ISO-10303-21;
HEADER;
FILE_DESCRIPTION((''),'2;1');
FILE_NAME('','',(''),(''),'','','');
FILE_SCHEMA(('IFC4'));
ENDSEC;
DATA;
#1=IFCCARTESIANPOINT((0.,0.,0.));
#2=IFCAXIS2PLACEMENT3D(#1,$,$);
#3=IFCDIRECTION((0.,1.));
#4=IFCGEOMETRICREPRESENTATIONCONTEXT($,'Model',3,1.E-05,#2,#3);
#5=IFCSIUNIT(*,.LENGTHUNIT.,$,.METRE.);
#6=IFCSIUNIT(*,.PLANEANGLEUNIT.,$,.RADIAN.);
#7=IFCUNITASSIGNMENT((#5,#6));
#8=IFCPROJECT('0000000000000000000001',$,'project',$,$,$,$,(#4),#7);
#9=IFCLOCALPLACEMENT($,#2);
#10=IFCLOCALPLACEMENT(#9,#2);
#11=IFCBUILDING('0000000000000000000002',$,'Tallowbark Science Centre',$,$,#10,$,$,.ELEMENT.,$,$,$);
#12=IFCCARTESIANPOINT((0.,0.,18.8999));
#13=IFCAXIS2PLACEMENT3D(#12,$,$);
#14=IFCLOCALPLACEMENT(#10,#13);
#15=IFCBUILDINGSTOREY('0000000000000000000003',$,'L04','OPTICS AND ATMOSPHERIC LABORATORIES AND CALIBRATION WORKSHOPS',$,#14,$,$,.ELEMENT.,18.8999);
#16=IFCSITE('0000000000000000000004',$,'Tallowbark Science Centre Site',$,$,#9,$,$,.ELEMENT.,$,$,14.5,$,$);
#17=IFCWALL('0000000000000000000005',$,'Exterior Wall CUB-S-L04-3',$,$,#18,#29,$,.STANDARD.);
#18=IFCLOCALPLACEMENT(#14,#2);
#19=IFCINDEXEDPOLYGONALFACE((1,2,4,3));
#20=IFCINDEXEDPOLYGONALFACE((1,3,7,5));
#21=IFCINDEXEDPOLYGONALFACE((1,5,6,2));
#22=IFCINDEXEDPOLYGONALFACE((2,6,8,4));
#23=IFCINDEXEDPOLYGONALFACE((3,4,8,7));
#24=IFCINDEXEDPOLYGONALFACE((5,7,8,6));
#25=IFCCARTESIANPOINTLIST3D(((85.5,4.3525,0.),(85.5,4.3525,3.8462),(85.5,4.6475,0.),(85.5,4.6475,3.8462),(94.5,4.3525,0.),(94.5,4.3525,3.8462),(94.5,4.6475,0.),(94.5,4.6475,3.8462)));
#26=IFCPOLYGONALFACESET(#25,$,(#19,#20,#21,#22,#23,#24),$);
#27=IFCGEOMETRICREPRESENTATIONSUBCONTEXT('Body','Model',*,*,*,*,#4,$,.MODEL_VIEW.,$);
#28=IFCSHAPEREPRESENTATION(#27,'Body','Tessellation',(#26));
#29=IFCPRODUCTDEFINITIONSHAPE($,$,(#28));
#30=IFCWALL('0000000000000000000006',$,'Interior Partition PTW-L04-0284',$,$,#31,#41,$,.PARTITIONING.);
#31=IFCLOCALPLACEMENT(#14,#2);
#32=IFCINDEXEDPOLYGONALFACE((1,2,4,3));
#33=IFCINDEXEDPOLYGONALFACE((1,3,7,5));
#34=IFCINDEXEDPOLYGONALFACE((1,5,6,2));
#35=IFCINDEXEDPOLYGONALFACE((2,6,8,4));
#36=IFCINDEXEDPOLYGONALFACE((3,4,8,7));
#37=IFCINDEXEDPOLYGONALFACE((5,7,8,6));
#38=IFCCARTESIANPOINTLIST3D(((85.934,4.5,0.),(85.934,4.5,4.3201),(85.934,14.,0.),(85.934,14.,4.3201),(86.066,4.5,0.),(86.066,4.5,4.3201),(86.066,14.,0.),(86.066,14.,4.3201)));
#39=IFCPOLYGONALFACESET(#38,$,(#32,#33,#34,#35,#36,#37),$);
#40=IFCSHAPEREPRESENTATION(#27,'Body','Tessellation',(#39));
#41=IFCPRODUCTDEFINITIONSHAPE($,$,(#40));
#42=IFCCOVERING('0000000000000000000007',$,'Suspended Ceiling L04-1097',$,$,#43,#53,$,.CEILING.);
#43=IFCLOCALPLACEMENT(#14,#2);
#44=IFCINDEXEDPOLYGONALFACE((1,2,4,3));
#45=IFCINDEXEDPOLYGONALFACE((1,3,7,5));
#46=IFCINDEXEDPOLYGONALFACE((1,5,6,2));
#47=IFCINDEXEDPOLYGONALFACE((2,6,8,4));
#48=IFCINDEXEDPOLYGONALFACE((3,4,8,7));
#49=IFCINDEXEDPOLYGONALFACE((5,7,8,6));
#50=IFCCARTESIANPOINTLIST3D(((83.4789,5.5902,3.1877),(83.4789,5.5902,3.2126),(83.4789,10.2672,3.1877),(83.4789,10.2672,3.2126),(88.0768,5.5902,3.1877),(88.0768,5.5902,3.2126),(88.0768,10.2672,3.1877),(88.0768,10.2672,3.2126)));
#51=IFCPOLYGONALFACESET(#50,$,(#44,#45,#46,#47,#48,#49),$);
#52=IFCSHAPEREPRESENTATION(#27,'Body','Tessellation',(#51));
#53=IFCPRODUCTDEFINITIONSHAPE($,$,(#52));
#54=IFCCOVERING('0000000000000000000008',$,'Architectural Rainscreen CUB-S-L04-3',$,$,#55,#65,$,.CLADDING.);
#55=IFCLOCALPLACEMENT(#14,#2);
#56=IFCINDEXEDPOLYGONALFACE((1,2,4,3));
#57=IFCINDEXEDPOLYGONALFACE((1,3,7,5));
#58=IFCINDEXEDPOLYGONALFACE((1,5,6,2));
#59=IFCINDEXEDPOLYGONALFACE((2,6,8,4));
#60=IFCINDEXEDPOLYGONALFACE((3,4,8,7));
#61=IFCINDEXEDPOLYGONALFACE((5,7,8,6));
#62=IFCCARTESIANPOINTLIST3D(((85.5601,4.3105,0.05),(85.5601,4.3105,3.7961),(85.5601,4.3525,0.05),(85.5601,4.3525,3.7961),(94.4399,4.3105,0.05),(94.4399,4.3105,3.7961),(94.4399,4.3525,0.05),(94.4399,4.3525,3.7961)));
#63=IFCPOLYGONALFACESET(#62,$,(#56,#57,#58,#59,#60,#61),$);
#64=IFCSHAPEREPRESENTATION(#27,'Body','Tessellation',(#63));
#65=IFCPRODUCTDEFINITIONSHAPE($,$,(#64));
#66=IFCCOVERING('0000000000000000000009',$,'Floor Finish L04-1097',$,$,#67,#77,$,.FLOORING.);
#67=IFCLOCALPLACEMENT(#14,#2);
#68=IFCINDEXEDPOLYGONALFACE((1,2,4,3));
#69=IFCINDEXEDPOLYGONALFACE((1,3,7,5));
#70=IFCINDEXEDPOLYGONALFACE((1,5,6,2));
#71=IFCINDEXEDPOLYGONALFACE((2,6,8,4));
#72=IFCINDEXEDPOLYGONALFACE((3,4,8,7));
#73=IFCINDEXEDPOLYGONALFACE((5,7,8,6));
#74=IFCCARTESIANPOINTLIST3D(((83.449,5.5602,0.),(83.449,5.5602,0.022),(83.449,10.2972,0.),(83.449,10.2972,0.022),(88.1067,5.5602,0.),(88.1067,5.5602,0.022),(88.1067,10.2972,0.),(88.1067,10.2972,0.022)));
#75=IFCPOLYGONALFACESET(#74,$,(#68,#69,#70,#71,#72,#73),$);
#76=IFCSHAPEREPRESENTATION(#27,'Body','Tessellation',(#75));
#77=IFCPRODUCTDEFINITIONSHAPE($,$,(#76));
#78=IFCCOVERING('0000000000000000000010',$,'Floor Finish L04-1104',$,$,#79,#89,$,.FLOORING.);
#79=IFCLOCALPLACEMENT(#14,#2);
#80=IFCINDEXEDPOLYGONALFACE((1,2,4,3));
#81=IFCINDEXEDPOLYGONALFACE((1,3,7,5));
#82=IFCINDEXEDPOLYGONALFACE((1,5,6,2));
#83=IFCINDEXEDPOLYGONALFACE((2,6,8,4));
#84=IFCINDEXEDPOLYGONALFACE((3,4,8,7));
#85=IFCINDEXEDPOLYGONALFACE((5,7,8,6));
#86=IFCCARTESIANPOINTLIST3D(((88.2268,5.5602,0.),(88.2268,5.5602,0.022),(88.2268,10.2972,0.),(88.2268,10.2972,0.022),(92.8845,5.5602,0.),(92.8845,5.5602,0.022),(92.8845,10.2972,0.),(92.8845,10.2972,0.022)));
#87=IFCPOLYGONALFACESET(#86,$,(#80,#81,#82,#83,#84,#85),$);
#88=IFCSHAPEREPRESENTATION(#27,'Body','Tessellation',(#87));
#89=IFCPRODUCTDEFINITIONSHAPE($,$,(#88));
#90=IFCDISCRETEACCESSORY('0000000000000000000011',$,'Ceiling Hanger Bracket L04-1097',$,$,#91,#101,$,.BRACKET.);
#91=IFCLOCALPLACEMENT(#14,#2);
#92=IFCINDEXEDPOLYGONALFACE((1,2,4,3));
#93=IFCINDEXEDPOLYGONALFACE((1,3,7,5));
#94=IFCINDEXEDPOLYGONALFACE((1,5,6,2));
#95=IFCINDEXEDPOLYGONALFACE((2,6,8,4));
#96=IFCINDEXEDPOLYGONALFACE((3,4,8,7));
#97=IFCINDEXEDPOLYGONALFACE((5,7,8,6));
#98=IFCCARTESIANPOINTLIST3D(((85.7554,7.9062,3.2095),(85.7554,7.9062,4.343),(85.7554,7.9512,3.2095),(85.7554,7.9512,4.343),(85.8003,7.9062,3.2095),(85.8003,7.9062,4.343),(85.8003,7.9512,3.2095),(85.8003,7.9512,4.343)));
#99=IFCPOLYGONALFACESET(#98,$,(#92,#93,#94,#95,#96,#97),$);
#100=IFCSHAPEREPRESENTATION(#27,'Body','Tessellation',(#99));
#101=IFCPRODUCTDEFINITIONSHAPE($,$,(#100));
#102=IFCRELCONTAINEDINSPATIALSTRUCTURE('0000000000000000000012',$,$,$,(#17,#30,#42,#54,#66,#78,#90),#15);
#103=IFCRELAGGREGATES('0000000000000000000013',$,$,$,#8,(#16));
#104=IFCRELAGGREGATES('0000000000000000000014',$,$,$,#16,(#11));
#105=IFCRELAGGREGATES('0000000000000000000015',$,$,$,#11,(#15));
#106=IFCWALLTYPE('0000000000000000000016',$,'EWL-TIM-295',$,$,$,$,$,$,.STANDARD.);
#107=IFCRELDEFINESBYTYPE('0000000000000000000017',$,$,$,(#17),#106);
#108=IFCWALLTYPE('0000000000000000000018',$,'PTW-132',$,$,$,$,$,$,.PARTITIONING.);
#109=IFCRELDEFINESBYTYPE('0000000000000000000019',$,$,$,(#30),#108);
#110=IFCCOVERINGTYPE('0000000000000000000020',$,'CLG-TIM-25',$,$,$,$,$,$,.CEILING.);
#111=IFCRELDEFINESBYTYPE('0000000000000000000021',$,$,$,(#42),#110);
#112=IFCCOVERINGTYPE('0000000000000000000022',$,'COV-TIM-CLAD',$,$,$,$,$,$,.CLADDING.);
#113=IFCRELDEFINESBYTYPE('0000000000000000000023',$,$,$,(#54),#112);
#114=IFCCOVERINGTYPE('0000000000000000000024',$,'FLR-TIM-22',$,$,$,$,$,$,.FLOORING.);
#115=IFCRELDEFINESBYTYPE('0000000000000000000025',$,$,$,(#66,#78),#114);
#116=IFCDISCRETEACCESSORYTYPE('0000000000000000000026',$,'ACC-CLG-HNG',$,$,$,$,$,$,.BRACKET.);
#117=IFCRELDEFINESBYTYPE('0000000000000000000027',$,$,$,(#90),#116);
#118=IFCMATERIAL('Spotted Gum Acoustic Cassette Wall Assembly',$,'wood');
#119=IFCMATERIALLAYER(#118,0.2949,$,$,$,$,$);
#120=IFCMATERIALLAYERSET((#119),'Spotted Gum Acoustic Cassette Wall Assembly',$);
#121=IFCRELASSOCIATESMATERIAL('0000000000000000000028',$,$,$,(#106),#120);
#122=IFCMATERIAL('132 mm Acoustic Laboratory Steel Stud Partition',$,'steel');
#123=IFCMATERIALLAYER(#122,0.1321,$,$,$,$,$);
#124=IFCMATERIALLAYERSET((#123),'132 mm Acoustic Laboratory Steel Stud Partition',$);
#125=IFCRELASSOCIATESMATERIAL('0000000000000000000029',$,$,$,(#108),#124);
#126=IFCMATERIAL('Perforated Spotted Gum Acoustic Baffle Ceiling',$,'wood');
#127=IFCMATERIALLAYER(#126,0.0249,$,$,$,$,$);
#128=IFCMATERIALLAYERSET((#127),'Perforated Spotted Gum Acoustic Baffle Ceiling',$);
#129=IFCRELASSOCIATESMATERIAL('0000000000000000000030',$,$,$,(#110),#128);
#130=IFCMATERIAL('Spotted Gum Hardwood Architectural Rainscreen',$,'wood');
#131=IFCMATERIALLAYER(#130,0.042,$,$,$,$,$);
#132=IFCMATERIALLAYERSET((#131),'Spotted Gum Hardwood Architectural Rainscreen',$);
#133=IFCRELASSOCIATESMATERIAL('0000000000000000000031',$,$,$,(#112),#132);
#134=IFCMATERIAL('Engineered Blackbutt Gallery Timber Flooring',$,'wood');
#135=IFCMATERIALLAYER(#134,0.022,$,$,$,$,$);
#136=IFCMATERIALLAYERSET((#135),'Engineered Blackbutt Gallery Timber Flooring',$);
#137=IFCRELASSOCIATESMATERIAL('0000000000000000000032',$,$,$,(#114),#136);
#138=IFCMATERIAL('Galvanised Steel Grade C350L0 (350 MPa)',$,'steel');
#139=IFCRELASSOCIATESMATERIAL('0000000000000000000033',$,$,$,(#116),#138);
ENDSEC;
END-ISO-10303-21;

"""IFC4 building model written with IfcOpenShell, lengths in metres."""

from ifc_helpers import new_model, si_unit, direction, frame, frame_2d, origin, origin_2d, place, context, subcontext, project, spatial, rectangle, extrude, material, layer, layer_set, type_object, element, save


model = new_model("IFC4")

# Units and contexts
model_context = context("Model", 3, precision=1e-05, world=origin(), true_north=direction((0.0, 1.0)))
body_context = subcontext(model_context, "Body", "Model", "MODEL_VIEW")
ifc_project = project(units=[si_unit("LENGTHUNIT", "METRE"), si_unit("PLANEANGLEUNIT", "RADIAN")], contexts=[model_context])

# Site, building, storey
site_placement = place(None, origin())
site = spatial("IfcSite", under=ifc_project, at=site_placement, Name="Tallowbark Science Centre Site", CompositionType="ELEMENT", RefElevation=14.5)
building_placement = place(site_placement, origin())
building = spatial("IfcBuilding", under=site, at=building_placement, Name="Tallowbark Science Centre", CompositionType="ELEMENT")
storey_placement = place(building_placement, frame((0.0, 0.0, 18.8999)))
storey = spatial("IfcBuildingStorey", under=building, at=storey_placement, Name="L04", Description="OPTICS AND ATMOSPHERIC LABORATORIES AND CALIBRATION WORKSHOPS", CompositionType="ELEMENT", Elevation=18.8999)

# Walls
ifc_material_1 = material(Name="Spotted Gum Acoustic Cassette Wall Assembly", Category="wood")
ifc_layer_1 = layer(ifc_material_1, 0.2949)
ifc_layer_set_1 = layer_set([ifc_layer_1], Name="Spotted Gum Acoustic Cassette Wall Assembly")
wall_type_1 = type_object("IfcWallType", Name="EWL-TIM-295", PredefinedType="STANDARD", material=ifc_layer_set_1)
wall_1_placement = place(storey_placement, frame((85.5, 4.5, 0.0), z_axis=(0.0, 0.0, 1.0), x_axis=(1.0, 0.0, 0.0)))
element("IfcWall", 1, at=wall_1_placement, inside=storey, type_object=wall_type_1, Name="Exterior Wall CUB-S-L04-3", PredefinedType="STANDARD", context=body_context, shape_type="SweptSolid", body=[
    extrude(rectangle(XDim=9.0, YDim=0.2949, at=frame_2d((4.5, 0.0))), origin(), (0.0, 0.0, 1.0), 3.8462),
])
ifc_material_2 = material(Name="132 mm Acoustic Laboratory Steel Stud Partition", Category="steel")
ifc_layer_2 = layer(ifc_material_2, 0.1321)
ifc_layer_set_2 = layer_set([ifc_layer_2], Name="132 mm Acoustic Laboratory Steel Stud Partition")
wall_type_2 = type_object("IfcWallType", Name="PTW-132", PredefinedType="PARTITIONING", material=ifc_layer_set_2)
wall_2_placement = place(storey_placement, frame((86.0, 4.5, 0.0), z_axis=(0.0, 0.0, 1.0), x_axis=(0.0, 1.0, 0.0)))
element("IfcWall", 2, at=wall_2_placement, inside=storey, type_object=wall_type_2, Name="Interior Partition PTW-L04-0284", PredefinedType="PARTITIONING", context=body_context, shape_type="SweptSolid", body=[
    extrude(rectangle(XDim=9.5, YDim=0.1321, at=frame_2d((4.75, 0.0))), origin(), (0.0, 0.0, 1.0), 4.3201),
])

# Coverings
ifc_material_3 = material(Name="Perforated Spotted Gum Acoustic Baffle Ceiling", Category="wood")
ifc_layer_3 = layer(ifc_material_3, 0.0249)
ifc_layer_set_3 = layer_set([ifc_layer_3], Name="Perforated Spotted Gum Acoustic Baffle Ceiling")
covering_type_1 = type_object("IfcCoveringType", Name="CLG-TIM-25", PredefinedType="CEILING", material=ifc_layer_set_3)
covering_1_placement = place(storey_placement, frame((85.7778, 7.9287, 3.1877), z_axis=(0.0, 0.0, 1.0), x_axis=(1.0, 0.0, 0.0)))
element("IfcCovering", 3, at=covering_1_placement, inside=storey, type_object=covering_type_1, Name="Suspended Ceiling L04-1097", PredefinedType="CEILING", context=body_context, shape_type="SweptSolid", body=[
    extrude(rectangle(XDim=4.5979, YDim=4.677, at=origin_2d()), origin(), (0.0, 0.0, 1.0), 0.0249),
])
ifc_material_4 = material(Name="Spotted Gum Hardwood Architectural Rainscreen", Category="wood")
ifc_layer_4 = layer(ifc_material_4, 0.042)
ifc_layer_set_4 = layer_set([ifc_layer_4], Name="Spotted Gum Hardwood Architectural Rainscreen")
covering_type_2 = type_object("IfcCoveringType", Name="COV-TIM-CLAD", PredefinedType="CLADDING", material=ifc_layer_set_4)
covering_2_placement = place(storey_placement, frame((90.0, 4.3315, 0.05), z_axis=(0.0, 0.0, 1.0), x_axis=(1.0, 0.0, 0.0)))
element("IfcCovering", 4, at=covering_2_placement, inside=storey, type_object=covering_type_2, Name="Architectural Rainscreen CUB-S-L04-3", PredefinedType="CLADDING", context=body_context, shape_type="SweptSolid", body=[
    extrude(rectangle(XDim=8.8799, YDim=0.042, at=origin_2d()), origin(), (0.0, 0.0, 1.0), 3.7461),
])
ifc_material_5 = material(Name="Engineered Blackbutt Gallery Timber Flooring", Category="wood")
ifc_layer_5 = layer(ifc_material_5, 0.022)
ifc_layer_set_5 = layer_set([ifc_layer_5], Name="Engineered Blackbutt Gallery Timber Flooring")
covering_type_3 = type_object("IfcCoveringType", Name="FLR-TIM-22", PredefinedType="FLOORING", material=ifc_layer_set_5)
for number, where, z_axis, x_axis, name in (
    (5, (85.7778, 7.9287, 0.0), (0.0, 0.0, 1.0), (1.0, 0.0, 0.0), "Floor Finish L04-1097"),
    (6, (90.5557, 7.9287, 0.0), (0.0, 0.0, 1.0), (1.0, 0.0, 0.0), "Floor Finish L04-1104"),
):
    element("IfcCovering", number, at=place(storey_placement, frame(where, z_axis=z_axis, x_axis=x_axis)), inside=storey, type_object=covering_type_3, Name=name, PredefinedType="FLOORING", context=body_context, shape_type="SweptSolid", body=[
        extrude(rectangle(XDim=4.6577, YDim=4.7371, at=origin_2d()), origin(), (0.0, 0.0, 1.0), 0.022),
    ])

# Discrete accessory
ifc_material_6 = material(Name="Galvanised Steel Grade C350L0 (350 MPa)", Category="steel")
discrete_accessory_type = type_object("IfcDiscreteAccessoryType", Name="ACC-CLG-HNG", PredefinedType="BRACKET", material=ifc_material_6)
discrete_accessory_placement = place(storey_placement, frame((85.7778, 7.9287, 3.2095), z_axis=(0.0, 0.0, 1.0), x_axis=(1.0, 0.0, 0.0)))
element("IfcDiscreteAccessory", 7, at=discrete_accessory_placement, inside=storey, type_object=discrete_accessory_type, Name="Ceiling Hanger Bracket L04-1097", PredefinedType="BRACKET", context=body_context, shape_type="SweptSolid", body=[
    extrude(rectangle(XDim=0.0449, YDim=0.0449, at=origin_2d()), origin(), (0.0, 0.0, 1.0), 1.1335),
])

save(model, "model.ifc")
